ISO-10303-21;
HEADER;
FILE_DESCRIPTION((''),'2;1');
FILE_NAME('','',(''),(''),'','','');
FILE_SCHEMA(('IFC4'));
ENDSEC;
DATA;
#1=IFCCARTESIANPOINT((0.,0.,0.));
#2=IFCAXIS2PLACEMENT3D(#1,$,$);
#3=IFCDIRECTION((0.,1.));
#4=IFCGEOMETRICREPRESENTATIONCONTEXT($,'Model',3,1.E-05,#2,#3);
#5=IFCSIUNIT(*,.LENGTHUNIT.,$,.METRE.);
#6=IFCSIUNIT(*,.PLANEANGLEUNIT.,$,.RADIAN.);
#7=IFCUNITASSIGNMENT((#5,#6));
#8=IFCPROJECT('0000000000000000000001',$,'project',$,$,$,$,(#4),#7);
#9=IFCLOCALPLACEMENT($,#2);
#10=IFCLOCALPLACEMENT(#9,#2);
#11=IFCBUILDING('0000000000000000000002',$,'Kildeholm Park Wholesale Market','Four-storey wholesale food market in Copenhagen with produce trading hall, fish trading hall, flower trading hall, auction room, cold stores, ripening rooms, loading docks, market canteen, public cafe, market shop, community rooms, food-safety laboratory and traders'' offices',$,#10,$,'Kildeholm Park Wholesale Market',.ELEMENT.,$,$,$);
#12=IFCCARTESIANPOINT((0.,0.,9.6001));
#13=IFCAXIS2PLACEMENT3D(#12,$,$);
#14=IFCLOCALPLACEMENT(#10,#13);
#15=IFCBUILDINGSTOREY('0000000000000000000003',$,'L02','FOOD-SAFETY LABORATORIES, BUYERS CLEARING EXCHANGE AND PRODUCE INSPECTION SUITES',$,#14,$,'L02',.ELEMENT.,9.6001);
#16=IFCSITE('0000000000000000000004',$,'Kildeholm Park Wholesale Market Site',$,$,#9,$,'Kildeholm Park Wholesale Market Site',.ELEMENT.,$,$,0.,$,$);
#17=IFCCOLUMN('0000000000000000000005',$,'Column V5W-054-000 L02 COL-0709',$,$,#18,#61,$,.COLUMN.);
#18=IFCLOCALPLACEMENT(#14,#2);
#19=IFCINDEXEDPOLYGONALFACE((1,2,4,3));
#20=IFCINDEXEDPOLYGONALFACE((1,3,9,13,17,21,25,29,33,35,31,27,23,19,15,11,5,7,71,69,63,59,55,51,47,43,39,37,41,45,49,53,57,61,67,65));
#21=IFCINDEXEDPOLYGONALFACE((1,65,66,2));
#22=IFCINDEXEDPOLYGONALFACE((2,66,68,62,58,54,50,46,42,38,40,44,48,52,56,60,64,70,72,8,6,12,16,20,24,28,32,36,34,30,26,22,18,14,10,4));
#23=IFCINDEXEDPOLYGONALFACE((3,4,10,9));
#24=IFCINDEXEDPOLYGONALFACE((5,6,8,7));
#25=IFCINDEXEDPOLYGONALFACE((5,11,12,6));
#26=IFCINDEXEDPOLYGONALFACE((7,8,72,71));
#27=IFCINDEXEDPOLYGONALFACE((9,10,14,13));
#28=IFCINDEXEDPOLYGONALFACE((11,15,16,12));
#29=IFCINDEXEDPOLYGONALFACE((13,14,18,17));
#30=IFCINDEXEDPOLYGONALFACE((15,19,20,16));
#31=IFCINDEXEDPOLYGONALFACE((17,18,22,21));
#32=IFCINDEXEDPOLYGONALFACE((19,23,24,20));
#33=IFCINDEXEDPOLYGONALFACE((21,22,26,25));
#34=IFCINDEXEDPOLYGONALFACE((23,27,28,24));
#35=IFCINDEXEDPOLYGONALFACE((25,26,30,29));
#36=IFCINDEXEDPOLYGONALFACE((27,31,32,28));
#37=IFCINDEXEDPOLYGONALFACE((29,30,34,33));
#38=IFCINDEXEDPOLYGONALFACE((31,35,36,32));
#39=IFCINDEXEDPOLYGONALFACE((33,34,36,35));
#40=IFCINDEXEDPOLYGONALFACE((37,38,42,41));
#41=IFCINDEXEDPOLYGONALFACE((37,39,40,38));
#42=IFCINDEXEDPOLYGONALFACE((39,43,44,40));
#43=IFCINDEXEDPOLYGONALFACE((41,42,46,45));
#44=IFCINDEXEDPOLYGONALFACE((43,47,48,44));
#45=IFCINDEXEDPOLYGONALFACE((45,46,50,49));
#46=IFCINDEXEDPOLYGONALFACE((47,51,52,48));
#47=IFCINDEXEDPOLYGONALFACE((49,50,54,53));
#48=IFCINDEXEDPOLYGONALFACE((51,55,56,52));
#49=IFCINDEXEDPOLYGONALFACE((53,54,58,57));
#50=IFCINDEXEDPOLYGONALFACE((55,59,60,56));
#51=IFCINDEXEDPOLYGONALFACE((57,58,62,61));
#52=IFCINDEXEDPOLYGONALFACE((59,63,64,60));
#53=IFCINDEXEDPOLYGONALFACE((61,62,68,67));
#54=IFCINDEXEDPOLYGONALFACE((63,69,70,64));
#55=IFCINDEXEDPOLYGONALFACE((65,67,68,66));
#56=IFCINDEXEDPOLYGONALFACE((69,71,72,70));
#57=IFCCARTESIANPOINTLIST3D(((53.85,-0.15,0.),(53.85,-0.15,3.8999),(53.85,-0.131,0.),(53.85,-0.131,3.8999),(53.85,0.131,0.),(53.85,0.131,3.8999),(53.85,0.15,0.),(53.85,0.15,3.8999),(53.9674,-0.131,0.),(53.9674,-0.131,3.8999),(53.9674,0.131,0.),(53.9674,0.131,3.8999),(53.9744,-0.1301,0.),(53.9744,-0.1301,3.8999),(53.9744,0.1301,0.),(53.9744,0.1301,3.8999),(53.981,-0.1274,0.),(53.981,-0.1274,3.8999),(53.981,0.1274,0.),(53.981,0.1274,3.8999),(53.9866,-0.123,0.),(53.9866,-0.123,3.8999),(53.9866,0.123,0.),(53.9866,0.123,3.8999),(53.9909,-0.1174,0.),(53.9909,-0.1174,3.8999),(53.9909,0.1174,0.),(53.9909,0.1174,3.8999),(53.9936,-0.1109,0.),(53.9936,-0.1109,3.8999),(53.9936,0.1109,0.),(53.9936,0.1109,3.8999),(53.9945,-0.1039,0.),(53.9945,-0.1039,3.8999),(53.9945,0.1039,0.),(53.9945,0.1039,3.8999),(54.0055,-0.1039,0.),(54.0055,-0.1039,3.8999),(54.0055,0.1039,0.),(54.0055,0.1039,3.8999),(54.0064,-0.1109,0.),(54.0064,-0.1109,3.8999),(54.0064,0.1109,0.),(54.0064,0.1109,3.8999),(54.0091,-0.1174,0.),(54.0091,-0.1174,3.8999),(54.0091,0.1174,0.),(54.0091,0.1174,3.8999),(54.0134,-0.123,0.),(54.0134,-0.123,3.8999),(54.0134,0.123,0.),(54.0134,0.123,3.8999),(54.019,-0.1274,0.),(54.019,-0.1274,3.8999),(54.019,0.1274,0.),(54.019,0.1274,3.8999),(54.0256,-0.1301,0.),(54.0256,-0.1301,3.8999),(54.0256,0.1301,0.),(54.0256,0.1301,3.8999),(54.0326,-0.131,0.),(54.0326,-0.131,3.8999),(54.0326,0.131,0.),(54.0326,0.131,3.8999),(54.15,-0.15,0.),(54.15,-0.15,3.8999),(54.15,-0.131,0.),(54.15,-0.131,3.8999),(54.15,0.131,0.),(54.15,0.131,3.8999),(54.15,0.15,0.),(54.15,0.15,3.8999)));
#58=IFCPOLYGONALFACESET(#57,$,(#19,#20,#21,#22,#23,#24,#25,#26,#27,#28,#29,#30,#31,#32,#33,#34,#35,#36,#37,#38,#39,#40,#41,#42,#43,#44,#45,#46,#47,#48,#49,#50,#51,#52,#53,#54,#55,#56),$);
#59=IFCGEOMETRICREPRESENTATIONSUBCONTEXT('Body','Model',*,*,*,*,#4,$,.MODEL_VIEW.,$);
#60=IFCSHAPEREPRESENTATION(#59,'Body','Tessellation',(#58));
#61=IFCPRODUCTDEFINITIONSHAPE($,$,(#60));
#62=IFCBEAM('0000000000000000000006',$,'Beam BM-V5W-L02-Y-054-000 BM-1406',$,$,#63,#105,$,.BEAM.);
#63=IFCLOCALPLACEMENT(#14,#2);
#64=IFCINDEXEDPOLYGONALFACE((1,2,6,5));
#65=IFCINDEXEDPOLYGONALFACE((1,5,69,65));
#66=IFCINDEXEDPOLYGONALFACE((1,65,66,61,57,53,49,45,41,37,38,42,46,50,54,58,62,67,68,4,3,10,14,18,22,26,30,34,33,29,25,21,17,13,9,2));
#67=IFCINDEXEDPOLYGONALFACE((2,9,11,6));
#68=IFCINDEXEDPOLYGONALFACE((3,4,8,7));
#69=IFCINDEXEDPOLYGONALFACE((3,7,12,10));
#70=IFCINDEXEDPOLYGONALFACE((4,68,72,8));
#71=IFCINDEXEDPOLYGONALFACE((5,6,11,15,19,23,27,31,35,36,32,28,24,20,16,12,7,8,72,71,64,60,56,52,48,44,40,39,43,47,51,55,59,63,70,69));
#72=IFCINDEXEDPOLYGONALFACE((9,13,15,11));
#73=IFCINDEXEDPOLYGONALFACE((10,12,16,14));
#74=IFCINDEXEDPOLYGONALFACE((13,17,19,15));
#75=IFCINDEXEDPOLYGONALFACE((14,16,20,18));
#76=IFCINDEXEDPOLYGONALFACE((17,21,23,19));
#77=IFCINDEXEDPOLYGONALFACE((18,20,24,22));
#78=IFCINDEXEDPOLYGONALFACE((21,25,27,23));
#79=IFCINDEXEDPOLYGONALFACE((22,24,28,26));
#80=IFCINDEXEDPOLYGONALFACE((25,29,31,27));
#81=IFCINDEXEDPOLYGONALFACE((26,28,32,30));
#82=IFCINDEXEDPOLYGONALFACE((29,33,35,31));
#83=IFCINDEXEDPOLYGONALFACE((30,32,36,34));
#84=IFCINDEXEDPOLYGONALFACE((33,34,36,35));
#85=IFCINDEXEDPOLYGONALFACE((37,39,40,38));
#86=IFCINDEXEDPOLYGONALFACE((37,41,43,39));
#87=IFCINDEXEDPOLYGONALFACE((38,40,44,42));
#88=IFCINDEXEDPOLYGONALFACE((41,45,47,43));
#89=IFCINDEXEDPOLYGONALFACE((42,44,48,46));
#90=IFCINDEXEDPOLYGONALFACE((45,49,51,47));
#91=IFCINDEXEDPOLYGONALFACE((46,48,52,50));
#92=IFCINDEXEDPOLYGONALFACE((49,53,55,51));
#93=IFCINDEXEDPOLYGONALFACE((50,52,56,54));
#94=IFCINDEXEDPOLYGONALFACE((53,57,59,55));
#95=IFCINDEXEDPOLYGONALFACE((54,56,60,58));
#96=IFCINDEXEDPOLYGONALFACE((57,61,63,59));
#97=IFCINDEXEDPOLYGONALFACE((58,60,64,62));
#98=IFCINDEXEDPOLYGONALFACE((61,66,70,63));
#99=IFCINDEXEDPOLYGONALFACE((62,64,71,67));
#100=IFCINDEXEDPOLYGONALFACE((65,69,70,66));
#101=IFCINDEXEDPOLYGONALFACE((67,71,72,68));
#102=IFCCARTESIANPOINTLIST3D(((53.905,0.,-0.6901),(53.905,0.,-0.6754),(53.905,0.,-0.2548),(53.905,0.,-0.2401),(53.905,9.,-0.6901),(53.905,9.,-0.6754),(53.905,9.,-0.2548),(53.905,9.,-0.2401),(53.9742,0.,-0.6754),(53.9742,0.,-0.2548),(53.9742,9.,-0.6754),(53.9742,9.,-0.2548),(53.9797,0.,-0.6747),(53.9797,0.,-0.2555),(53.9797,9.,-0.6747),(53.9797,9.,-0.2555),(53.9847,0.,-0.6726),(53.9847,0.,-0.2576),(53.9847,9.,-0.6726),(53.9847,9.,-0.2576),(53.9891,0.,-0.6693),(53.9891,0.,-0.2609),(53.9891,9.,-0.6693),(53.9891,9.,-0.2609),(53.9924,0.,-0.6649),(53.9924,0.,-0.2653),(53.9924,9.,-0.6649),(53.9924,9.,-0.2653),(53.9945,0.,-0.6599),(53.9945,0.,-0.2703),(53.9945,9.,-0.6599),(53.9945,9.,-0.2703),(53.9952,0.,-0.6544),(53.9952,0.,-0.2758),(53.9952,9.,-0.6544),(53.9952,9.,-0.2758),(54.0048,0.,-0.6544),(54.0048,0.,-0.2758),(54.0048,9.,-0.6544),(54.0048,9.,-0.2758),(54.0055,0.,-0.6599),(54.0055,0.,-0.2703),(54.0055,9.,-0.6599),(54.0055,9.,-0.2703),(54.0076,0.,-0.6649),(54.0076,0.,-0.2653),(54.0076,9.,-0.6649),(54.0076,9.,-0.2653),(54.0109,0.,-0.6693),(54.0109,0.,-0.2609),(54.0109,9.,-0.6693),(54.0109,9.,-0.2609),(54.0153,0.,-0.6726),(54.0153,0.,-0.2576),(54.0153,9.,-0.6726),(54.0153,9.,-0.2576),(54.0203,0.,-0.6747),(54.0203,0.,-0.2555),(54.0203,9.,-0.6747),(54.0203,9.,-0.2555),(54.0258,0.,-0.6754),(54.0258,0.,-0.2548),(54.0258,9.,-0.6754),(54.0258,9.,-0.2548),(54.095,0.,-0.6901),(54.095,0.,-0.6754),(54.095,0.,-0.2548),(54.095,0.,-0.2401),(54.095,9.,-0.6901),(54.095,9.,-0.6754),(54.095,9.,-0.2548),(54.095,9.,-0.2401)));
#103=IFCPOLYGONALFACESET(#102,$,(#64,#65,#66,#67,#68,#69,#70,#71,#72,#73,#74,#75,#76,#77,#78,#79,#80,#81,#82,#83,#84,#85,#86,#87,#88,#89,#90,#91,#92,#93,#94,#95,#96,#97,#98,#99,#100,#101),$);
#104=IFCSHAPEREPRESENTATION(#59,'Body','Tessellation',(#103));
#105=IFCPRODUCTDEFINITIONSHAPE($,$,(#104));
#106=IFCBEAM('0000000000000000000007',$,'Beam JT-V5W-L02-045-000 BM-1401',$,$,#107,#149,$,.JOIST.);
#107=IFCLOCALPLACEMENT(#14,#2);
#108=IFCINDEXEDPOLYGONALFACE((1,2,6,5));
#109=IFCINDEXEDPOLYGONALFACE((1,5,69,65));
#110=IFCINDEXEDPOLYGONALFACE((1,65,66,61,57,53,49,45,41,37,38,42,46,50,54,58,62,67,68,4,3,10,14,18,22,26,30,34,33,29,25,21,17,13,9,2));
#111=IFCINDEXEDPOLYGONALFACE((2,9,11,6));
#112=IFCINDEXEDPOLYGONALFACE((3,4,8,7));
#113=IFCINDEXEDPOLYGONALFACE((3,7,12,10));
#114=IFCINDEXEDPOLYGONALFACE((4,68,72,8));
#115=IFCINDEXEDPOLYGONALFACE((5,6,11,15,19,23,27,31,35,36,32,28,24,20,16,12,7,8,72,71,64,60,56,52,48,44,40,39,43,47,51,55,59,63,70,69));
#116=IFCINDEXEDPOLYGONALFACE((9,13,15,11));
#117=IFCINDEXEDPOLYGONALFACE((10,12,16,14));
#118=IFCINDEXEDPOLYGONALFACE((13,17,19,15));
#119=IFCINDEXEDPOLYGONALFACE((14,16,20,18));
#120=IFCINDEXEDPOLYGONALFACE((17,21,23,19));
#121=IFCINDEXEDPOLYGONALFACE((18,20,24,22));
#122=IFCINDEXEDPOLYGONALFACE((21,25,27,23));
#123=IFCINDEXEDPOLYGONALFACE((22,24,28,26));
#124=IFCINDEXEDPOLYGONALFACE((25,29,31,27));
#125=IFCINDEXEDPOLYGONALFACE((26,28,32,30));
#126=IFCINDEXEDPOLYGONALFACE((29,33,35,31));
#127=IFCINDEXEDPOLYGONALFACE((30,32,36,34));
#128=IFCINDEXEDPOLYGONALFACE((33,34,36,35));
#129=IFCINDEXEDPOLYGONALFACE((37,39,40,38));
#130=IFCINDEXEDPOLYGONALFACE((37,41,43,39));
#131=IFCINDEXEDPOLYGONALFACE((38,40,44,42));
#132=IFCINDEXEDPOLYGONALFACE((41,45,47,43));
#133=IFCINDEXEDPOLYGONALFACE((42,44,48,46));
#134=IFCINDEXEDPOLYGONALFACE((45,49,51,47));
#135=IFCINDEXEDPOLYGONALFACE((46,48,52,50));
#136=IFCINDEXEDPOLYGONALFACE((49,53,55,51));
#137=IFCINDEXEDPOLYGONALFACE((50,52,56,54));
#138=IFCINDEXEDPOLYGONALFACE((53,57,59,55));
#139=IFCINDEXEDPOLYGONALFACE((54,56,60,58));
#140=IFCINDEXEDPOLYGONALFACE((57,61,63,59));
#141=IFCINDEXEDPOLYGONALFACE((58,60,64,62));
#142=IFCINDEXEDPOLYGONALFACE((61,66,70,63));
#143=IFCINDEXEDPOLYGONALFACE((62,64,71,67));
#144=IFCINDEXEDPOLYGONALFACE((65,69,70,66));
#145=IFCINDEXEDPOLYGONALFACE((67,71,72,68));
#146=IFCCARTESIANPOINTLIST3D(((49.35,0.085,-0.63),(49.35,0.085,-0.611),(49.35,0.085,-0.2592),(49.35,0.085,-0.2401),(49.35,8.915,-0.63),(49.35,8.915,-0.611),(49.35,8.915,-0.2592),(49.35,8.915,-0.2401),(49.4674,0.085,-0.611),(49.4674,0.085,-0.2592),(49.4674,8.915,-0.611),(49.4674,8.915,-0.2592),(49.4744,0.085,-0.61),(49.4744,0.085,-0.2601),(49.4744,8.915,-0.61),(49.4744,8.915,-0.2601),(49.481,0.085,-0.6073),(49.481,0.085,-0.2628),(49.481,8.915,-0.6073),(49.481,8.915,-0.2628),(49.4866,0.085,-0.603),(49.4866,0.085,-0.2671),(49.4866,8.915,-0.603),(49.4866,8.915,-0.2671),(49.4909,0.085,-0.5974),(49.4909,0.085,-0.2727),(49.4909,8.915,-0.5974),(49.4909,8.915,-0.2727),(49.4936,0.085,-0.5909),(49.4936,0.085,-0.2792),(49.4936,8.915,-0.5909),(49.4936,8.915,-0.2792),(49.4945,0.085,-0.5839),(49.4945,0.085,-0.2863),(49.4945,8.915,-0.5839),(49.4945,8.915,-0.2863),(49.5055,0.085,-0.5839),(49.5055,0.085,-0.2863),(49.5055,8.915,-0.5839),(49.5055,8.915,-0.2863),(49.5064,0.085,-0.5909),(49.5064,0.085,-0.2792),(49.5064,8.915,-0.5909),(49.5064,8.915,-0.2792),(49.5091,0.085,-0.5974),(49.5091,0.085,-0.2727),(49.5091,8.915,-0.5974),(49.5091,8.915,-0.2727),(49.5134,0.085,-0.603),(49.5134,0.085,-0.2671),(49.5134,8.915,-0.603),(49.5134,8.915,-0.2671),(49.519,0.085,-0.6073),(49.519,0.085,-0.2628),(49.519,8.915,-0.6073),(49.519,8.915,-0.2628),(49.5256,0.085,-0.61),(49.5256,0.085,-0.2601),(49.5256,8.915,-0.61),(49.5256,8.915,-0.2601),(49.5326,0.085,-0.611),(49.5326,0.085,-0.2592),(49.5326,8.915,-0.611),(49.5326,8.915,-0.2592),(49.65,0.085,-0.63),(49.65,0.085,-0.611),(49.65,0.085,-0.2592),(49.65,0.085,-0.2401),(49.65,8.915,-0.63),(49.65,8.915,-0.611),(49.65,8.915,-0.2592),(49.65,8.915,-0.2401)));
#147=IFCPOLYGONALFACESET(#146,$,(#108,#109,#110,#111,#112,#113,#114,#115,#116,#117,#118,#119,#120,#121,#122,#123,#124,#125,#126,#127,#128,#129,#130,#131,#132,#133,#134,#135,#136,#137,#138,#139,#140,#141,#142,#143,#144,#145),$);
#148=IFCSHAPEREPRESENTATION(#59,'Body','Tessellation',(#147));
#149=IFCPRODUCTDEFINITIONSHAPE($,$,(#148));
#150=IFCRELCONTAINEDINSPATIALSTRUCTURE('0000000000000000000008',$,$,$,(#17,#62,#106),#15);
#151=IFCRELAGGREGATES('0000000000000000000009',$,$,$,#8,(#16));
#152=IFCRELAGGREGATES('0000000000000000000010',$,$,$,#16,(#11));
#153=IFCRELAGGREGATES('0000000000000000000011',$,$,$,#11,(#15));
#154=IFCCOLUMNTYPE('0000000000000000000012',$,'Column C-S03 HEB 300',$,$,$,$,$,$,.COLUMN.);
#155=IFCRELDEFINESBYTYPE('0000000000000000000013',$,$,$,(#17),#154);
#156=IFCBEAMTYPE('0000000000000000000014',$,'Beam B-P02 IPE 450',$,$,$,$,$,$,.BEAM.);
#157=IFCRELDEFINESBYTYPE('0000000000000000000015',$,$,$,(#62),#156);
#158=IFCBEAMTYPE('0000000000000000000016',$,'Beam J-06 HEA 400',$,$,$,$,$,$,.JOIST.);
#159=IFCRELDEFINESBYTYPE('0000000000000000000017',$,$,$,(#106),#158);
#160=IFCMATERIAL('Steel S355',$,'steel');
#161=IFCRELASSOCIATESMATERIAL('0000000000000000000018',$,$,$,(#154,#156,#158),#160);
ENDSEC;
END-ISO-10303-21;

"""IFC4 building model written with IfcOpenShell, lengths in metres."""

from ifc_helpers import new_model, si_unit, direction, frame, origin, origin_2d, place, context, subcontext, project, spatial, i_section, extrude, material, material_profile, profile_set, type_object, element, save


model = new_model("IFC4")

# Units and contexts
model_context = context("Model", 3, precision=1e-05, world=origin(), true_north=direction((0.0, 1.0)))
body_context = subcontext(model_context, "Body", "Model", "MODEL_VIEW")
ifc_project = project(units=[si_unit("LENGTHUNIT", "METRE"), si_unit("PLANEANGLEUNIT", "RADIAN")], contexts=[model_context])

# Site, building, storey
site_placement = place(None, origin())
site = spatial("IfcSite", under=ifc_project, at=site_placement, Name="Kildeholm Park Wholesale Market Site", LongName="Kildeholm Park Wholesale Market Site", CompositionType="ELEMENT", RefElevation=0.0)
building_placement = place(site_placement, origin())
building = spatial("IfcBuilding", under=site, at=building_placement, Name="Kildeholm Park Wholesale Market", Description="Four-storey wholesale food market in Copenhagen with produce trading hall, fish trading hall, flower trading hall, auction room, cold stores, ripening rooms, loading docks, market canteen, public cafe, market shop, community rooms, food-safety laboratory and traders' offices", LongName="Kildeholm Park Wholesale Market", CompositionType="ELEMENT")
storey_placement = place(building_placement, frame((0.0, 0.0, 9.6001)))
storey = spatial("IfcBuildingStorey", under=building, at=storey_placement, Name="L02", Description="FOOD-SAFETY LABORATORIES, BUYERS CLEARING EXCHANGE AND PRODUCE INSPECTION SUITES", LongName="L02", CompositionType="ELEMENT", Elevation=9.6001)

# Column
ifc_material_1 = material(Name="Steel S355", Category="steel")
ifc_material_profile_1 = material_profile(ifc_material_1, i_section(OverallWidth=0.3, OverallDepth=0.3, WebThickness=0.011, FlangeThickness=0.019, FilletRadius=0.0271, at=origin_2d()), Name="HEB 300")
ifc_profile_set_1 = profile_set([ifc_material_profile_1], Name="Steel S355")
column_type = type_object("IfcColumnType", Name="Column C-S03 HEB 300", PredefinedType="COLUMN", material=ifc_profile_set_1)
column_placement = place(storey_placement, frame((54.0, 0.0, 0.0), z_axis=(0.0, 0.0, 1.0), x_axis=(1.0, 0.0, 0.0)))
element("IfcColumn", 1, at=column_placement, inside=storey, type_object=column_type, Name="Column V5W-054-000 L02 COL-0709", PredefinedType="COLUMN", context=body_context, shape_type="SweptSolid", body=[
    extrude(i_section(OverallWidth=0.3, OverallDepth=0.3, WebThickness=0.011, FlangeThickness=0.019, FilletRadius=0.0271, at=origin_2d()), origin(), (0.0, 0.0, 1.0), 3.8999),
])

# Beams
ifc_material_profile_2 = material_profile(ifc_material_1, i_section(OverallWidth=0.1899, OverallDepth=0.45, WebThickness=0.0095, FlangeThickness=0.0146, FilletRadius=0.021, at=origin_2d()), Name="IPE 450")
ifc_profile_set_2 = profile_set([ifc_material_profile_2], Name="Steel S355")
beam_type_1 = type_object("IfcBeamType", Name="Beam B-P02 IPE 450", PredefinedType="BEAM", material=ifc_profile_set_2)
beam_1_placement = place(storey_placement, frame((54.0, 0.0, -0.4651), z_axis=(0.0, 1.0, 0.0), x_axis=(-1.0, 0.0, 0.0)))
element("IfcBeam", 2, at=beam_1_placement, inside=storey, type_object=beam_type_1, Name="Beam BM-V5W-L02-Y-054-000 BM-1406", PredefinedType="BEAM", context=body_context, shape_type="SweptSolid", body=[
    extrude(i_section(OverallWidth=0.1899, OverallDepth=0.45, WebThickness=0.0095, FlangeThickness=0.0146, FilletRadius=0.021, at=origin_2d()), origin(), (0.0, 0.0, 1.0), 9.0),
])
ifc_material_profile_3 = material_profile(ifc_material_1, i_section(OverallWidth=0.3, OverallDepth=0.3899, WebThickness=0.011, FlangeThickness=0.019, FilletRadius=0.0271, at=origin_2d()), Name="HEA 400")
ifc_profile_set_3 = profile_set([ifc_material_profile_3], Name="Steel S355")
beam_type_2 = type_object("IfcBeamType", Name="Beam J-06 HEA 400", PredefinedType="JOIST", material=ifc_profile_set_3)
beam_2_placement = place(storey_placement, frame((49.5, 0.085, -0.4351), z_axis=(0.0, 1.0, 0.0), x_axis=(-1.0, 0.0, 0.0)))
element("IfcBeam", 3, at=beam_2_placement, inside=storey, type_object=beam_type_2, Name="Beam JT-V5W-L02-045-000 BM-1401", PredefinedType="JOIST", context=body_context, shape_type="SweptSolid", body=[
    extrude(i_section(OverallWidth=0.3, OverallDepth=0.3899, WebThickness=0.011, FlangeThickness=0.019, FilletRadius=0.0271, at=origin_2d()), origin(), (0.0, 0.0, 1.0), 8.8301),
])

save(model, "model.ifc")
